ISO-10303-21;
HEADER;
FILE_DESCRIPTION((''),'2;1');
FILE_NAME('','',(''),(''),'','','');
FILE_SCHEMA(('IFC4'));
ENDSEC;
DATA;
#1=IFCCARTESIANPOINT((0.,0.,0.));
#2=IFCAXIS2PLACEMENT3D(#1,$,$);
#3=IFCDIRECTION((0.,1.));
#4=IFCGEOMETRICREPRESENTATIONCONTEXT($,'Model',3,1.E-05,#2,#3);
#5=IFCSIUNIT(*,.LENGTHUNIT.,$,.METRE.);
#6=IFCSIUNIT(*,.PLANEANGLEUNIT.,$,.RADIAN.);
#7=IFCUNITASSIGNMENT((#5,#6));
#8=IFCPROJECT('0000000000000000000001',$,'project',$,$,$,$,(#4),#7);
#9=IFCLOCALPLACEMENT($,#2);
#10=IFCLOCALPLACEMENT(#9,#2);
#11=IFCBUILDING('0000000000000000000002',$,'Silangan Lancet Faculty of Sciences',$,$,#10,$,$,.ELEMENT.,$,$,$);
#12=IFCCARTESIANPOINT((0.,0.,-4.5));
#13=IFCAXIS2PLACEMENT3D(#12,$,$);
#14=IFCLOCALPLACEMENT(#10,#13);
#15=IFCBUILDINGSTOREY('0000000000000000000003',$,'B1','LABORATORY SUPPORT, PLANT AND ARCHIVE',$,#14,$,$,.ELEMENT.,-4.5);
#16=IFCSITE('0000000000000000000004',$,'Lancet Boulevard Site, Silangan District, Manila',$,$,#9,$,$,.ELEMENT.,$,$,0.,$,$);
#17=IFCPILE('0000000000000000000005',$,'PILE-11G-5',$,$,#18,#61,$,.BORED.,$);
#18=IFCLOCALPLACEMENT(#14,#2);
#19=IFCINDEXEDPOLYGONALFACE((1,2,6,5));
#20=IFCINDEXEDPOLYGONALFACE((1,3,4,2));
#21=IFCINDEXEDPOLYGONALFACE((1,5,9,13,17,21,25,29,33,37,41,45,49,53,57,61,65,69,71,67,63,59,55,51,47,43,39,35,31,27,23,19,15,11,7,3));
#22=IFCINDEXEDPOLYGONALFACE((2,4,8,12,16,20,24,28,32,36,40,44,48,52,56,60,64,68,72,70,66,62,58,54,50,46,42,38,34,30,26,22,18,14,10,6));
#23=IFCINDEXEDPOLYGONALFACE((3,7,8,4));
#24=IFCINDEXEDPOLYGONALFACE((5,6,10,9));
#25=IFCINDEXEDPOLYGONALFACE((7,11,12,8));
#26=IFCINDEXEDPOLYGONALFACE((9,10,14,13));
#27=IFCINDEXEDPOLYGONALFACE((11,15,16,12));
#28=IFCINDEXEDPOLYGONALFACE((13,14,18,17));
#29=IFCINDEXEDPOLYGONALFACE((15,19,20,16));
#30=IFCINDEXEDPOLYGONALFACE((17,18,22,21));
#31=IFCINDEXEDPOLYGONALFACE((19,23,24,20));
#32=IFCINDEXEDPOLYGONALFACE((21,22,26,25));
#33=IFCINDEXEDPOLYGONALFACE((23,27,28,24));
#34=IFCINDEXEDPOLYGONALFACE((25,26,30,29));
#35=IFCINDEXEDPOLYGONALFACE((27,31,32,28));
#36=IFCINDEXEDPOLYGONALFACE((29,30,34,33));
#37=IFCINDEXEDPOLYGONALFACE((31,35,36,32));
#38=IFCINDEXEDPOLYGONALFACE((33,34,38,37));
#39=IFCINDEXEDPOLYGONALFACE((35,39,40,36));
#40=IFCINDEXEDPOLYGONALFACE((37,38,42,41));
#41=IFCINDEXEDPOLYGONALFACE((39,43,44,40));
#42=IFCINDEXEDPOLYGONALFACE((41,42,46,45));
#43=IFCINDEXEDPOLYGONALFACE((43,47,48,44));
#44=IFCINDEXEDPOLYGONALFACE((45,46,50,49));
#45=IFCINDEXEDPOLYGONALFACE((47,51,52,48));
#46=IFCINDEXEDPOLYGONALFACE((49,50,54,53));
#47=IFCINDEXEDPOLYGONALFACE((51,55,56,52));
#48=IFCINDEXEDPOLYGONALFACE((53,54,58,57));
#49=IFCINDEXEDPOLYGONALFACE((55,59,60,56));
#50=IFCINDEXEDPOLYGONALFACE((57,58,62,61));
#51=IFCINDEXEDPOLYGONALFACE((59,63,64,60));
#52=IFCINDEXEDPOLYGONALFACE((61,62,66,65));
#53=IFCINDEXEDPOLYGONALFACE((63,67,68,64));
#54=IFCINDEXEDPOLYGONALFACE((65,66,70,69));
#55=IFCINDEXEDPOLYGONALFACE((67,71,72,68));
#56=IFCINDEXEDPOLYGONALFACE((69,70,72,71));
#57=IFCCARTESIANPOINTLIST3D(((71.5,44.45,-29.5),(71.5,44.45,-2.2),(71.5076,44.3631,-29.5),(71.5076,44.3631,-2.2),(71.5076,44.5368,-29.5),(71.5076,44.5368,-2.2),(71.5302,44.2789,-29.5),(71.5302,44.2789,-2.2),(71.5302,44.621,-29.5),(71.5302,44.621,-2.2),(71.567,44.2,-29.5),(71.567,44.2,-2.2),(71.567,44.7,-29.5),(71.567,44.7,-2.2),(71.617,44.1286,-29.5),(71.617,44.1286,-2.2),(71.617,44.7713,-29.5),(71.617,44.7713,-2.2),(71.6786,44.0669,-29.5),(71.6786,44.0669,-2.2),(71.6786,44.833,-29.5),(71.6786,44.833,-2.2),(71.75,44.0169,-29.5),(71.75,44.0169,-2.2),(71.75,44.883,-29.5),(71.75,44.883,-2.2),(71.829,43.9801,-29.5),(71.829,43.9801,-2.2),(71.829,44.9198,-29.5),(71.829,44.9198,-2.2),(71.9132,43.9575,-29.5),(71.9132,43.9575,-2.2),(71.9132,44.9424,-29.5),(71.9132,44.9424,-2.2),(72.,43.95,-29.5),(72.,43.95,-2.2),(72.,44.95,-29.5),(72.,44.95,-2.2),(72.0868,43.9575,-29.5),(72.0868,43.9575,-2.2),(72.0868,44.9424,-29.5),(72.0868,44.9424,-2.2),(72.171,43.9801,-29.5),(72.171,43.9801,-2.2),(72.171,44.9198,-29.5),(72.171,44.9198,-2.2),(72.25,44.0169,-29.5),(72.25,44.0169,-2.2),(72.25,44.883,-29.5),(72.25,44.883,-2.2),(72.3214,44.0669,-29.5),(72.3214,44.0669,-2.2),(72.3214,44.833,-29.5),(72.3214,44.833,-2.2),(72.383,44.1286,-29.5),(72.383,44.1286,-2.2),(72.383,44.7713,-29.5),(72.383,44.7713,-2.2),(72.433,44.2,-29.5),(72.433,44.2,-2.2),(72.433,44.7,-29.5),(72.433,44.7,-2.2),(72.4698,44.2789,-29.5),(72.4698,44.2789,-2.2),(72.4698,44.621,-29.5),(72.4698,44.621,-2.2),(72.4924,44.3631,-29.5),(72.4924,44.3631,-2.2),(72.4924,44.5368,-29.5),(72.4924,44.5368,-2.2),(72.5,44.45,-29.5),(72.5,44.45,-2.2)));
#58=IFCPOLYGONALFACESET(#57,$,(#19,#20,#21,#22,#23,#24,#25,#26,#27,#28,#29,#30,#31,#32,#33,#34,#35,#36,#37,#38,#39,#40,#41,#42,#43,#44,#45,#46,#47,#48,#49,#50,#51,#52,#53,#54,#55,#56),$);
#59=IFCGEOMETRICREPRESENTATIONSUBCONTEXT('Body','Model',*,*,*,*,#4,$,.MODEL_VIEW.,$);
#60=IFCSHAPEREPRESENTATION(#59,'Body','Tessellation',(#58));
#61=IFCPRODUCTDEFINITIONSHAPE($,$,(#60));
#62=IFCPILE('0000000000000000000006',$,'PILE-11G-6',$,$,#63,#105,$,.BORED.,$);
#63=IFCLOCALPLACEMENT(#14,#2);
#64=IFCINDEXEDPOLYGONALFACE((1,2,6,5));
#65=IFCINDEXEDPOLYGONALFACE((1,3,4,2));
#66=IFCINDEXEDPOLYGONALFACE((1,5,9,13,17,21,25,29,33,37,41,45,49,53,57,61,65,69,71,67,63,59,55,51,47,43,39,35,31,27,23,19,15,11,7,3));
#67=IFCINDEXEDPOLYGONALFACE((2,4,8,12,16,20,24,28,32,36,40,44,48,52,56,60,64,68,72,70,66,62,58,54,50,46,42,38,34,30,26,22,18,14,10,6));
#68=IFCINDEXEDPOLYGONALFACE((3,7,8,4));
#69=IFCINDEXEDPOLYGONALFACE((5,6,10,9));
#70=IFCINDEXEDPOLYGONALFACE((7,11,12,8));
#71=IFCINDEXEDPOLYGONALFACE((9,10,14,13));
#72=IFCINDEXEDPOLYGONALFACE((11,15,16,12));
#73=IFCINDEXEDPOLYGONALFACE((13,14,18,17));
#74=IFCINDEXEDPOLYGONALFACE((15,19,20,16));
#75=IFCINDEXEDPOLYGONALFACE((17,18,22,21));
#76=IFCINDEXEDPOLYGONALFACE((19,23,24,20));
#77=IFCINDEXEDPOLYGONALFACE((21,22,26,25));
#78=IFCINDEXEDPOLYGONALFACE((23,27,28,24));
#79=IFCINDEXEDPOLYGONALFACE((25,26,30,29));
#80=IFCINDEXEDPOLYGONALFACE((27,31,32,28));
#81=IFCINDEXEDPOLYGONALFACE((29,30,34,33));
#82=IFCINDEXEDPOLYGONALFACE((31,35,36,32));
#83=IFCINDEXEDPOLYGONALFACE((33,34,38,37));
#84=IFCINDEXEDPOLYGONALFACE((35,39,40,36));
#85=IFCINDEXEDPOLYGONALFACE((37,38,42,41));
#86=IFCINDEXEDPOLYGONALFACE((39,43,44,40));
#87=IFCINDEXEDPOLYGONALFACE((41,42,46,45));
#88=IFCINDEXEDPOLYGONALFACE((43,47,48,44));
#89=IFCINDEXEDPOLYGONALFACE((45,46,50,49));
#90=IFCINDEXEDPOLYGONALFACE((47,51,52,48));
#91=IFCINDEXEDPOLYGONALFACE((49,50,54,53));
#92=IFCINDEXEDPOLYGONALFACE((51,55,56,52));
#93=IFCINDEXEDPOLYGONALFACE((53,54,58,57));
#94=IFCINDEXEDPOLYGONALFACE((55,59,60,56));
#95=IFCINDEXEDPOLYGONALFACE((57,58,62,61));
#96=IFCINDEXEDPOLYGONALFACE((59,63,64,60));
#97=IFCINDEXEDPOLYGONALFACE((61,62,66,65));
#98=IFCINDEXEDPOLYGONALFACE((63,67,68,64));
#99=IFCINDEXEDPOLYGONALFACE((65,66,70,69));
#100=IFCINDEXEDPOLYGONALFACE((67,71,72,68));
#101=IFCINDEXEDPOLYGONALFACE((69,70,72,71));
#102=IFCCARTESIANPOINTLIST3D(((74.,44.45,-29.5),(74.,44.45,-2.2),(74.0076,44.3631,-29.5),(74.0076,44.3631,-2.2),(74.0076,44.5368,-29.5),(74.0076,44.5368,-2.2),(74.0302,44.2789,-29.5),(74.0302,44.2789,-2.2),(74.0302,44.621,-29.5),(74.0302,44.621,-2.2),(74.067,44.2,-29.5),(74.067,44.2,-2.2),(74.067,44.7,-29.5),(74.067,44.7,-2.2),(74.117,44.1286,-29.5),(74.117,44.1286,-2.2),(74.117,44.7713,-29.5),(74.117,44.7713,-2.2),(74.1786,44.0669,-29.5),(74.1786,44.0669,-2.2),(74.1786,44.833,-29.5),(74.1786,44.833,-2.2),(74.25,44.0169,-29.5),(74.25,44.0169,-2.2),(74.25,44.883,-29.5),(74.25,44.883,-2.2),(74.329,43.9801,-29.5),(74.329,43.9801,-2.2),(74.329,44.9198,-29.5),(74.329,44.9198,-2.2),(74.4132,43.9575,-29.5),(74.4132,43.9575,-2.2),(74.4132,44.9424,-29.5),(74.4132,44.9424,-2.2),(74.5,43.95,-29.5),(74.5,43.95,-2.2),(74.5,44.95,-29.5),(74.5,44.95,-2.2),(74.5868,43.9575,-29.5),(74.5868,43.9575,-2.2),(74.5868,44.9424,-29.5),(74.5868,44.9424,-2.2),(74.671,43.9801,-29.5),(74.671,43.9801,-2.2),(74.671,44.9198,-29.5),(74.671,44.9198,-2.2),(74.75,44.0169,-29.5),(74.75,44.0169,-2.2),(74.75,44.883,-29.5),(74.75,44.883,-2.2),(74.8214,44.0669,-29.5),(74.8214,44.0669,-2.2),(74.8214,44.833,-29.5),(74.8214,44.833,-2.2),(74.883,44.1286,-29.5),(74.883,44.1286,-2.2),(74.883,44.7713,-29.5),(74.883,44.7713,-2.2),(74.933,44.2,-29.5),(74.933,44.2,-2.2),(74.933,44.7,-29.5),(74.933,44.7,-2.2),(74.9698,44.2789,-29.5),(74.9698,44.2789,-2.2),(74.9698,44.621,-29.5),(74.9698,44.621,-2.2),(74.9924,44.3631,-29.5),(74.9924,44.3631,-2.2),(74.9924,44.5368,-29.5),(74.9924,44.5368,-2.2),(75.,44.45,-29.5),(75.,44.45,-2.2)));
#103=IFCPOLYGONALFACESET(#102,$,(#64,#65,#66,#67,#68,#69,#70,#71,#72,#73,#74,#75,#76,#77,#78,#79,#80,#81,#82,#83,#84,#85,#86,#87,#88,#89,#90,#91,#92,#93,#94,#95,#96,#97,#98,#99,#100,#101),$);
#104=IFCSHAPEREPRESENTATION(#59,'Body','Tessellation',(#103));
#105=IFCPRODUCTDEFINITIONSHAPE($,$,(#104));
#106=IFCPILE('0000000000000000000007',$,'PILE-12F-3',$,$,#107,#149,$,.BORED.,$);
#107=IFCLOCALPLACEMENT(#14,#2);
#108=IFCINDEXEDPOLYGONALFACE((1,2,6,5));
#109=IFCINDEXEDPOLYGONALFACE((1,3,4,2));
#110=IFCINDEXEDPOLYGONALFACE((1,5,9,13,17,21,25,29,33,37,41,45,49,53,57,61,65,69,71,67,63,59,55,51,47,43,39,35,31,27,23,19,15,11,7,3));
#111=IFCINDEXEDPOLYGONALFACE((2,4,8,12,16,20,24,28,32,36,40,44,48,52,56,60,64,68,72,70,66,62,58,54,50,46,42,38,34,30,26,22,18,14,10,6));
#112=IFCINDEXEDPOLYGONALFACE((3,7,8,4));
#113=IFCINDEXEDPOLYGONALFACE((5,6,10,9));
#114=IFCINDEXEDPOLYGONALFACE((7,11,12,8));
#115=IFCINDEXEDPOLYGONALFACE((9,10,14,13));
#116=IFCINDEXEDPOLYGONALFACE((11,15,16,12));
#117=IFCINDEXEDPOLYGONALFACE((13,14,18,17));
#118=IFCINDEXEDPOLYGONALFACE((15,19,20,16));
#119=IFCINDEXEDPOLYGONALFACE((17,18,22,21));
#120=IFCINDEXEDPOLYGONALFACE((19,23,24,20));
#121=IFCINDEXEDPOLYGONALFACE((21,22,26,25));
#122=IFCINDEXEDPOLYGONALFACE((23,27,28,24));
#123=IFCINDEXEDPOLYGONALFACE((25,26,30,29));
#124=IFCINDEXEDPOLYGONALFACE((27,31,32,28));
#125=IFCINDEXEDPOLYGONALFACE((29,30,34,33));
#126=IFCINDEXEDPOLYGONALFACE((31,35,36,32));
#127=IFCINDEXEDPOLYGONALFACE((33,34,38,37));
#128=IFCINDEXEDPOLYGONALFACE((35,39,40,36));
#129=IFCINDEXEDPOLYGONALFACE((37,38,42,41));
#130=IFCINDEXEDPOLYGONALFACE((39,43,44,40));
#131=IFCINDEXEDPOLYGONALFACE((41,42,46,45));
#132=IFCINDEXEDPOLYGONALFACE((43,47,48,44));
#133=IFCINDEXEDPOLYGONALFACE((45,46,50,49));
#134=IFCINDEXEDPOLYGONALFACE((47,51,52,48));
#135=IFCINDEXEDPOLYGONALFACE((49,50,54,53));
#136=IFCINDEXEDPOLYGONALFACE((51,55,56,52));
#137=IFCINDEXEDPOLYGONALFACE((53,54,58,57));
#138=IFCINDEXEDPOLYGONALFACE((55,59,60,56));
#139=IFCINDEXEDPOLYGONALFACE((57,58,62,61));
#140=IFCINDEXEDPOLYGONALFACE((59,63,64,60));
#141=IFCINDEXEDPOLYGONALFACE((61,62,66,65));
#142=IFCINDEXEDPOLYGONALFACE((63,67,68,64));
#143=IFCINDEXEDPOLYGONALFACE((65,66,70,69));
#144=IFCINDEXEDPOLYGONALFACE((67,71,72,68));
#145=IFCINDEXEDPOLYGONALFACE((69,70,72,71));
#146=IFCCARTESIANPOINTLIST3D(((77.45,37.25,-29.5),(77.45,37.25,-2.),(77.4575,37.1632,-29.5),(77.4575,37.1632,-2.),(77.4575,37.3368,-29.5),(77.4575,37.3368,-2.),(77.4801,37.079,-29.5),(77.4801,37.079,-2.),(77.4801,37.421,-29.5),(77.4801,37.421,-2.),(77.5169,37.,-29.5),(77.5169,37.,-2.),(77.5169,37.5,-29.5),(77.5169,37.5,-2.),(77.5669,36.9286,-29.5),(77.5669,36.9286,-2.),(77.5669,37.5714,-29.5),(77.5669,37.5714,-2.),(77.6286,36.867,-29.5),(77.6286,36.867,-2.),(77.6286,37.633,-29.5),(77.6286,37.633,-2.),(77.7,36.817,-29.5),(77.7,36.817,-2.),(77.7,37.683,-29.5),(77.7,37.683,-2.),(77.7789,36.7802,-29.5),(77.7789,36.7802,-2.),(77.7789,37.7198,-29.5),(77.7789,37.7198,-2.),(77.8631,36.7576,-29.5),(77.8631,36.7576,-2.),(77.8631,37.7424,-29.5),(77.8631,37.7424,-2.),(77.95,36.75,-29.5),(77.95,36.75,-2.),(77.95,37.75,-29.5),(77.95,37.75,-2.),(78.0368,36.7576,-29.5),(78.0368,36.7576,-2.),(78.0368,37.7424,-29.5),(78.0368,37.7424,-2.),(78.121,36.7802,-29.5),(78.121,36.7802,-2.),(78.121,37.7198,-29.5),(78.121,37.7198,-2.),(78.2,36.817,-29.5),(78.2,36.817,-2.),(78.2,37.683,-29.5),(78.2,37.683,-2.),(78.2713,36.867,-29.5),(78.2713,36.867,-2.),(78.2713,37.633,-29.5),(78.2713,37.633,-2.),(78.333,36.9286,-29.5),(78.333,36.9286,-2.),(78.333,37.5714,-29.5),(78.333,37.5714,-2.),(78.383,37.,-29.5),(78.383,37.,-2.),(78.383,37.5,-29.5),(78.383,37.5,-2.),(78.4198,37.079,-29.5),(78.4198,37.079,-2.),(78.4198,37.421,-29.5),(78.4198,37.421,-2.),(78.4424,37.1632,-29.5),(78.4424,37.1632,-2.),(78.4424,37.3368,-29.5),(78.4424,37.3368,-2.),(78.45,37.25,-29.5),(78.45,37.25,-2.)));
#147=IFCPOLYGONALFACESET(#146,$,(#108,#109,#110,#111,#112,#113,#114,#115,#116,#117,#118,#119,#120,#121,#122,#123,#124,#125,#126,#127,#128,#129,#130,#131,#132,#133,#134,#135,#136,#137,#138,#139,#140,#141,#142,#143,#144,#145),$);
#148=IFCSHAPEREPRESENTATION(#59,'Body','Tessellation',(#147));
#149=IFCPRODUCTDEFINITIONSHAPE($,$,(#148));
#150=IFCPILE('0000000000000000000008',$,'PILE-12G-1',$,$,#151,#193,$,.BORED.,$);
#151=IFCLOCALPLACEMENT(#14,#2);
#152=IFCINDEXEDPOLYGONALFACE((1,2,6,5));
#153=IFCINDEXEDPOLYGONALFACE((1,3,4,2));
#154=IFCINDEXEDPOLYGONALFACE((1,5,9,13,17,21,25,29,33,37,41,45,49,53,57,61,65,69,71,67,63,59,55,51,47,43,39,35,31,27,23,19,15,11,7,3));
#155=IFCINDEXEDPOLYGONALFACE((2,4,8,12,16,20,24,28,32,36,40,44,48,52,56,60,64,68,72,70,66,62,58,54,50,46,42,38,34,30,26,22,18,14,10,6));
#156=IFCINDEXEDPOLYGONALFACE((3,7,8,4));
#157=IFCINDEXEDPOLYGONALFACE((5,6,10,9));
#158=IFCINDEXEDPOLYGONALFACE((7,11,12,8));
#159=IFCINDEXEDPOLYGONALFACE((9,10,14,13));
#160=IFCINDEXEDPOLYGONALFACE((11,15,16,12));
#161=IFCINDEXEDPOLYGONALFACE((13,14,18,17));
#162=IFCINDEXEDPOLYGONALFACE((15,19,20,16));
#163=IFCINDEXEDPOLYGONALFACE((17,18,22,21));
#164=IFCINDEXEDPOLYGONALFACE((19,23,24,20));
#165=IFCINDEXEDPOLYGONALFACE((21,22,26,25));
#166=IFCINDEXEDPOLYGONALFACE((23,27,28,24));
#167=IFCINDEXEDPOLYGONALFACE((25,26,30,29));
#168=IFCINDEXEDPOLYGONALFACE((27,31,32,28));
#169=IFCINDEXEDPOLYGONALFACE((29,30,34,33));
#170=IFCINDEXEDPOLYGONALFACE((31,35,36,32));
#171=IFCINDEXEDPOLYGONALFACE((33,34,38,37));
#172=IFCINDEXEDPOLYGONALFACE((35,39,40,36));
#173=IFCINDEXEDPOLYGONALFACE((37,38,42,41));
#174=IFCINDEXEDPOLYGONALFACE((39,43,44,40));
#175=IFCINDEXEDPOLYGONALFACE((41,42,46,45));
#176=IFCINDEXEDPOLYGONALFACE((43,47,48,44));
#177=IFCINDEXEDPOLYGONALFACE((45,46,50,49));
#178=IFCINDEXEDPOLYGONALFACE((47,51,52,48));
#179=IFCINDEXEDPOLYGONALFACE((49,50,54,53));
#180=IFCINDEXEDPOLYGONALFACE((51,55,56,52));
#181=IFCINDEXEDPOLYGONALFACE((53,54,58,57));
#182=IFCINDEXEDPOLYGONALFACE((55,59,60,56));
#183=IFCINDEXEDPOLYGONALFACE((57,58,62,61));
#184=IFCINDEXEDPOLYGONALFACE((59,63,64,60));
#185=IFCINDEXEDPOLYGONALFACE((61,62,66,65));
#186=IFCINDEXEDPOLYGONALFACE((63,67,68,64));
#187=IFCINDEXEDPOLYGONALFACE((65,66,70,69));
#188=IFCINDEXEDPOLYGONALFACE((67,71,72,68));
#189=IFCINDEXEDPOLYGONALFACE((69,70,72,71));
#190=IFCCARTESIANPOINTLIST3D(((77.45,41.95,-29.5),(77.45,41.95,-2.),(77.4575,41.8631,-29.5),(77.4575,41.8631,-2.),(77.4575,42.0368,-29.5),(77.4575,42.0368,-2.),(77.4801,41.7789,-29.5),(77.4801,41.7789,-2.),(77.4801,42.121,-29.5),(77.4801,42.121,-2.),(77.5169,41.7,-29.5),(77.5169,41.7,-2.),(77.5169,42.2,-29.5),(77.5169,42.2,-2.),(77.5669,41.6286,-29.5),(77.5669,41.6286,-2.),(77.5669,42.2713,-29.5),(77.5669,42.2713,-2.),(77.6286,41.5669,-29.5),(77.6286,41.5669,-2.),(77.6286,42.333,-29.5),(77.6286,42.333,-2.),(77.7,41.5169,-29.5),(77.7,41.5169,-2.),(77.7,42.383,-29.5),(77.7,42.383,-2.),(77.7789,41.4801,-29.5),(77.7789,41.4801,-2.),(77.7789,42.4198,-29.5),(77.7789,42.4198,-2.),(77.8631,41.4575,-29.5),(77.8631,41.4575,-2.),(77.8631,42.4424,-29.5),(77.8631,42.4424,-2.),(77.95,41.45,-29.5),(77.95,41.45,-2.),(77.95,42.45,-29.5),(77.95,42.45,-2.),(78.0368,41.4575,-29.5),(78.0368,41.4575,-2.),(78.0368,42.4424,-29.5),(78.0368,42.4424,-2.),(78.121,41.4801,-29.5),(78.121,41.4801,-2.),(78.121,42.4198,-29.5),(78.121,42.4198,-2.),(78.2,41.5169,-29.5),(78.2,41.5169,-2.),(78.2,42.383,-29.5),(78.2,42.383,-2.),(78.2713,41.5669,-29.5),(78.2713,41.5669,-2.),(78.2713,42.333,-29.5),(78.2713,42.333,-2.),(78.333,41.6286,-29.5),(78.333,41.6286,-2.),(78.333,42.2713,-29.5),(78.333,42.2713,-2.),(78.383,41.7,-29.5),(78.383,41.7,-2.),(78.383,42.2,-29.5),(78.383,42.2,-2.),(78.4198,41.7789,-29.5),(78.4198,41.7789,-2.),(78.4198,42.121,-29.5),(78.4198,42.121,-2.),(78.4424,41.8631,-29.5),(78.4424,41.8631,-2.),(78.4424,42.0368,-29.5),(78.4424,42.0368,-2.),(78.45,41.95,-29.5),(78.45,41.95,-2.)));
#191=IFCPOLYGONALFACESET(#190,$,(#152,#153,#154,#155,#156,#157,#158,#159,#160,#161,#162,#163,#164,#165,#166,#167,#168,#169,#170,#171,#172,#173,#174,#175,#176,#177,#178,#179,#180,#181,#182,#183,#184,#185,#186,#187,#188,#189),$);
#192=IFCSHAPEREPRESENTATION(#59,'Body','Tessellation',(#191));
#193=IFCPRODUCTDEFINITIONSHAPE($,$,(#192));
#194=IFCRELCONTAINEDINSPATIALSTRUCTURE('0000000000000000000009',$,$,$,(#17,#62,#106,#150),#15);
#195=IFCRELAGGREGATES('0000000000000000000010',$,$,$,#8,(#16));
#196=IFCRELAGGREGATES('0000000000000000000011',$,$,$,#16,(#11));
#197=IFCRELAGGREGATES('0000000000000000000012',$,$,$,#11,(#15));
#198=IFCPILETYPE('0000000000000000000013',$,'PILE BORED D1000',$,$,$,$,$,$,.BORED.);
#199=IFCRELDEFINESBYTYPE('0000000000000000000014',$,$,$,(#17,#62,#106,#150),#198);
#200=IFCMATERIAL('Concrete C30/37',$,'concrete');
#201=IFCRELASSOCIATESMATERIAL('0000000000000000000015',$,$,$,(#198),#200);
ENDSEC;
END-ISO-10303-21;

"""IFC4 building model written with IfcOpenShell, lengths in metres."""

from ifc_helpers import new_model, si_unit, direction, frame, origin, origin_2d, place, context, subcontext, project, spatial, circle, extrude, material, material_profile, profile_set, type_object, element, save


model = new_model("IFC4")

# Units and contexts
model_context = context("Model", 3, precision=1e-05, world=origin(), true_north=direction((0.0, 1.0)))
body_context = subcontext(model_context, "Body", "Model", "MODEL_VIEW")
ifc_project = project(units=[si_unit("LENGTHUNIT", "METRE"), si_unit("PLANEANGLEUNIT", "RADIAN")], contexts=[model_context])

# Site, building, storey
site_placement = place(None, origin())
site = spatial("IfcSite", under=ifc_project, at=site_placement, Name="Lancet Boulevard Site, Silangan District, Manila", CompositionType="ELEMENT", RefElevation=0.0)
building_placement = place(site_placement, origin())
building = spatial("IfcBuilding", under=site, at=building_placement, Name="Silangan Lancet Faculty of Sciences", CompositionType="ELEMENT")
storey_placement = place(building_placement, frame((0.0, 0.0, -4.5)))
storey = spatial("IfcBuildingStorey", under=building, at=storey_placement, Name="B1", Description="LABORATORY SUPPORT, PLANT AND ARCHIVE", CompositionType="ELEMENT", Elevation=-4.5)

# Piles
ifc_material_1 = material(Name="Concrete C30/37", Category="concrete")
ifc_material_profile_1 = material_profile(ifc_material_1, circle(Radius=0.5, at=origin_2d()), Name="BORED PILE D1000")
ifc_profile_set_1 = profile_set([ifc_material_profile_1], Name="Concrete C30/37")
pile_type = type_object("IfcPileType", Name="PILE BORED D1000", PredefinedType="BORED", material=ifc_profile_set_1)
for number, where, z_axis, x_axis, name in (
    (1, (72.0, 44.45, -2.2), (0.0, 0.0, -1.0), (1.0, 0.0, 0.0), "PILE-11G-5"),
    (2, (74.5, 44.45, -2.2), (0.0, 0.0, -1.0), (1.0, 0.0, 0.0), "PILE-11G-6"),
):
    element("IfcPile", number, at=place(storey_placement, frame(where, z_axis=z_axis, x_axis=x_axis)), inside=storey, type_object=pile_type, Name=name, PredefinedType="BORED", context=body_context, shape_type="SweptSolid", body=[
        extrude(circle(Radius=0.5, at=origin_2d()), origin(), (0.0, 0.0, 1.0), 27.3),
    ])
for number, where, z_axis, x_axis, name in (
    (3, (77.95, 37.25, -2.0), (0.0, 0.0, -1.0), (1.0, 0.0, 0.0), "PILE-12F-3"),
    (4, (77.95, 41.95, -2.0), (0.0, 0.0, -1.0), (1.0, 0.0, 0.0), "PILE-12G-1"),
):
    element("IfcPile", number, at=place(storey_placement, frame(where, z_axis=z_axis, x_axis=x_axis)), inside=storey, type_object=pile_type, Name=name, PredefinedType="BORED", context=body_context, shape_type="SweptSolid", body=[
        extrude(circle(Radius=0.5, at=origin_2d()), origin(), (0.0, 0.0, 1.0), 27.5),
    ])

save(model, "model.ifc")
